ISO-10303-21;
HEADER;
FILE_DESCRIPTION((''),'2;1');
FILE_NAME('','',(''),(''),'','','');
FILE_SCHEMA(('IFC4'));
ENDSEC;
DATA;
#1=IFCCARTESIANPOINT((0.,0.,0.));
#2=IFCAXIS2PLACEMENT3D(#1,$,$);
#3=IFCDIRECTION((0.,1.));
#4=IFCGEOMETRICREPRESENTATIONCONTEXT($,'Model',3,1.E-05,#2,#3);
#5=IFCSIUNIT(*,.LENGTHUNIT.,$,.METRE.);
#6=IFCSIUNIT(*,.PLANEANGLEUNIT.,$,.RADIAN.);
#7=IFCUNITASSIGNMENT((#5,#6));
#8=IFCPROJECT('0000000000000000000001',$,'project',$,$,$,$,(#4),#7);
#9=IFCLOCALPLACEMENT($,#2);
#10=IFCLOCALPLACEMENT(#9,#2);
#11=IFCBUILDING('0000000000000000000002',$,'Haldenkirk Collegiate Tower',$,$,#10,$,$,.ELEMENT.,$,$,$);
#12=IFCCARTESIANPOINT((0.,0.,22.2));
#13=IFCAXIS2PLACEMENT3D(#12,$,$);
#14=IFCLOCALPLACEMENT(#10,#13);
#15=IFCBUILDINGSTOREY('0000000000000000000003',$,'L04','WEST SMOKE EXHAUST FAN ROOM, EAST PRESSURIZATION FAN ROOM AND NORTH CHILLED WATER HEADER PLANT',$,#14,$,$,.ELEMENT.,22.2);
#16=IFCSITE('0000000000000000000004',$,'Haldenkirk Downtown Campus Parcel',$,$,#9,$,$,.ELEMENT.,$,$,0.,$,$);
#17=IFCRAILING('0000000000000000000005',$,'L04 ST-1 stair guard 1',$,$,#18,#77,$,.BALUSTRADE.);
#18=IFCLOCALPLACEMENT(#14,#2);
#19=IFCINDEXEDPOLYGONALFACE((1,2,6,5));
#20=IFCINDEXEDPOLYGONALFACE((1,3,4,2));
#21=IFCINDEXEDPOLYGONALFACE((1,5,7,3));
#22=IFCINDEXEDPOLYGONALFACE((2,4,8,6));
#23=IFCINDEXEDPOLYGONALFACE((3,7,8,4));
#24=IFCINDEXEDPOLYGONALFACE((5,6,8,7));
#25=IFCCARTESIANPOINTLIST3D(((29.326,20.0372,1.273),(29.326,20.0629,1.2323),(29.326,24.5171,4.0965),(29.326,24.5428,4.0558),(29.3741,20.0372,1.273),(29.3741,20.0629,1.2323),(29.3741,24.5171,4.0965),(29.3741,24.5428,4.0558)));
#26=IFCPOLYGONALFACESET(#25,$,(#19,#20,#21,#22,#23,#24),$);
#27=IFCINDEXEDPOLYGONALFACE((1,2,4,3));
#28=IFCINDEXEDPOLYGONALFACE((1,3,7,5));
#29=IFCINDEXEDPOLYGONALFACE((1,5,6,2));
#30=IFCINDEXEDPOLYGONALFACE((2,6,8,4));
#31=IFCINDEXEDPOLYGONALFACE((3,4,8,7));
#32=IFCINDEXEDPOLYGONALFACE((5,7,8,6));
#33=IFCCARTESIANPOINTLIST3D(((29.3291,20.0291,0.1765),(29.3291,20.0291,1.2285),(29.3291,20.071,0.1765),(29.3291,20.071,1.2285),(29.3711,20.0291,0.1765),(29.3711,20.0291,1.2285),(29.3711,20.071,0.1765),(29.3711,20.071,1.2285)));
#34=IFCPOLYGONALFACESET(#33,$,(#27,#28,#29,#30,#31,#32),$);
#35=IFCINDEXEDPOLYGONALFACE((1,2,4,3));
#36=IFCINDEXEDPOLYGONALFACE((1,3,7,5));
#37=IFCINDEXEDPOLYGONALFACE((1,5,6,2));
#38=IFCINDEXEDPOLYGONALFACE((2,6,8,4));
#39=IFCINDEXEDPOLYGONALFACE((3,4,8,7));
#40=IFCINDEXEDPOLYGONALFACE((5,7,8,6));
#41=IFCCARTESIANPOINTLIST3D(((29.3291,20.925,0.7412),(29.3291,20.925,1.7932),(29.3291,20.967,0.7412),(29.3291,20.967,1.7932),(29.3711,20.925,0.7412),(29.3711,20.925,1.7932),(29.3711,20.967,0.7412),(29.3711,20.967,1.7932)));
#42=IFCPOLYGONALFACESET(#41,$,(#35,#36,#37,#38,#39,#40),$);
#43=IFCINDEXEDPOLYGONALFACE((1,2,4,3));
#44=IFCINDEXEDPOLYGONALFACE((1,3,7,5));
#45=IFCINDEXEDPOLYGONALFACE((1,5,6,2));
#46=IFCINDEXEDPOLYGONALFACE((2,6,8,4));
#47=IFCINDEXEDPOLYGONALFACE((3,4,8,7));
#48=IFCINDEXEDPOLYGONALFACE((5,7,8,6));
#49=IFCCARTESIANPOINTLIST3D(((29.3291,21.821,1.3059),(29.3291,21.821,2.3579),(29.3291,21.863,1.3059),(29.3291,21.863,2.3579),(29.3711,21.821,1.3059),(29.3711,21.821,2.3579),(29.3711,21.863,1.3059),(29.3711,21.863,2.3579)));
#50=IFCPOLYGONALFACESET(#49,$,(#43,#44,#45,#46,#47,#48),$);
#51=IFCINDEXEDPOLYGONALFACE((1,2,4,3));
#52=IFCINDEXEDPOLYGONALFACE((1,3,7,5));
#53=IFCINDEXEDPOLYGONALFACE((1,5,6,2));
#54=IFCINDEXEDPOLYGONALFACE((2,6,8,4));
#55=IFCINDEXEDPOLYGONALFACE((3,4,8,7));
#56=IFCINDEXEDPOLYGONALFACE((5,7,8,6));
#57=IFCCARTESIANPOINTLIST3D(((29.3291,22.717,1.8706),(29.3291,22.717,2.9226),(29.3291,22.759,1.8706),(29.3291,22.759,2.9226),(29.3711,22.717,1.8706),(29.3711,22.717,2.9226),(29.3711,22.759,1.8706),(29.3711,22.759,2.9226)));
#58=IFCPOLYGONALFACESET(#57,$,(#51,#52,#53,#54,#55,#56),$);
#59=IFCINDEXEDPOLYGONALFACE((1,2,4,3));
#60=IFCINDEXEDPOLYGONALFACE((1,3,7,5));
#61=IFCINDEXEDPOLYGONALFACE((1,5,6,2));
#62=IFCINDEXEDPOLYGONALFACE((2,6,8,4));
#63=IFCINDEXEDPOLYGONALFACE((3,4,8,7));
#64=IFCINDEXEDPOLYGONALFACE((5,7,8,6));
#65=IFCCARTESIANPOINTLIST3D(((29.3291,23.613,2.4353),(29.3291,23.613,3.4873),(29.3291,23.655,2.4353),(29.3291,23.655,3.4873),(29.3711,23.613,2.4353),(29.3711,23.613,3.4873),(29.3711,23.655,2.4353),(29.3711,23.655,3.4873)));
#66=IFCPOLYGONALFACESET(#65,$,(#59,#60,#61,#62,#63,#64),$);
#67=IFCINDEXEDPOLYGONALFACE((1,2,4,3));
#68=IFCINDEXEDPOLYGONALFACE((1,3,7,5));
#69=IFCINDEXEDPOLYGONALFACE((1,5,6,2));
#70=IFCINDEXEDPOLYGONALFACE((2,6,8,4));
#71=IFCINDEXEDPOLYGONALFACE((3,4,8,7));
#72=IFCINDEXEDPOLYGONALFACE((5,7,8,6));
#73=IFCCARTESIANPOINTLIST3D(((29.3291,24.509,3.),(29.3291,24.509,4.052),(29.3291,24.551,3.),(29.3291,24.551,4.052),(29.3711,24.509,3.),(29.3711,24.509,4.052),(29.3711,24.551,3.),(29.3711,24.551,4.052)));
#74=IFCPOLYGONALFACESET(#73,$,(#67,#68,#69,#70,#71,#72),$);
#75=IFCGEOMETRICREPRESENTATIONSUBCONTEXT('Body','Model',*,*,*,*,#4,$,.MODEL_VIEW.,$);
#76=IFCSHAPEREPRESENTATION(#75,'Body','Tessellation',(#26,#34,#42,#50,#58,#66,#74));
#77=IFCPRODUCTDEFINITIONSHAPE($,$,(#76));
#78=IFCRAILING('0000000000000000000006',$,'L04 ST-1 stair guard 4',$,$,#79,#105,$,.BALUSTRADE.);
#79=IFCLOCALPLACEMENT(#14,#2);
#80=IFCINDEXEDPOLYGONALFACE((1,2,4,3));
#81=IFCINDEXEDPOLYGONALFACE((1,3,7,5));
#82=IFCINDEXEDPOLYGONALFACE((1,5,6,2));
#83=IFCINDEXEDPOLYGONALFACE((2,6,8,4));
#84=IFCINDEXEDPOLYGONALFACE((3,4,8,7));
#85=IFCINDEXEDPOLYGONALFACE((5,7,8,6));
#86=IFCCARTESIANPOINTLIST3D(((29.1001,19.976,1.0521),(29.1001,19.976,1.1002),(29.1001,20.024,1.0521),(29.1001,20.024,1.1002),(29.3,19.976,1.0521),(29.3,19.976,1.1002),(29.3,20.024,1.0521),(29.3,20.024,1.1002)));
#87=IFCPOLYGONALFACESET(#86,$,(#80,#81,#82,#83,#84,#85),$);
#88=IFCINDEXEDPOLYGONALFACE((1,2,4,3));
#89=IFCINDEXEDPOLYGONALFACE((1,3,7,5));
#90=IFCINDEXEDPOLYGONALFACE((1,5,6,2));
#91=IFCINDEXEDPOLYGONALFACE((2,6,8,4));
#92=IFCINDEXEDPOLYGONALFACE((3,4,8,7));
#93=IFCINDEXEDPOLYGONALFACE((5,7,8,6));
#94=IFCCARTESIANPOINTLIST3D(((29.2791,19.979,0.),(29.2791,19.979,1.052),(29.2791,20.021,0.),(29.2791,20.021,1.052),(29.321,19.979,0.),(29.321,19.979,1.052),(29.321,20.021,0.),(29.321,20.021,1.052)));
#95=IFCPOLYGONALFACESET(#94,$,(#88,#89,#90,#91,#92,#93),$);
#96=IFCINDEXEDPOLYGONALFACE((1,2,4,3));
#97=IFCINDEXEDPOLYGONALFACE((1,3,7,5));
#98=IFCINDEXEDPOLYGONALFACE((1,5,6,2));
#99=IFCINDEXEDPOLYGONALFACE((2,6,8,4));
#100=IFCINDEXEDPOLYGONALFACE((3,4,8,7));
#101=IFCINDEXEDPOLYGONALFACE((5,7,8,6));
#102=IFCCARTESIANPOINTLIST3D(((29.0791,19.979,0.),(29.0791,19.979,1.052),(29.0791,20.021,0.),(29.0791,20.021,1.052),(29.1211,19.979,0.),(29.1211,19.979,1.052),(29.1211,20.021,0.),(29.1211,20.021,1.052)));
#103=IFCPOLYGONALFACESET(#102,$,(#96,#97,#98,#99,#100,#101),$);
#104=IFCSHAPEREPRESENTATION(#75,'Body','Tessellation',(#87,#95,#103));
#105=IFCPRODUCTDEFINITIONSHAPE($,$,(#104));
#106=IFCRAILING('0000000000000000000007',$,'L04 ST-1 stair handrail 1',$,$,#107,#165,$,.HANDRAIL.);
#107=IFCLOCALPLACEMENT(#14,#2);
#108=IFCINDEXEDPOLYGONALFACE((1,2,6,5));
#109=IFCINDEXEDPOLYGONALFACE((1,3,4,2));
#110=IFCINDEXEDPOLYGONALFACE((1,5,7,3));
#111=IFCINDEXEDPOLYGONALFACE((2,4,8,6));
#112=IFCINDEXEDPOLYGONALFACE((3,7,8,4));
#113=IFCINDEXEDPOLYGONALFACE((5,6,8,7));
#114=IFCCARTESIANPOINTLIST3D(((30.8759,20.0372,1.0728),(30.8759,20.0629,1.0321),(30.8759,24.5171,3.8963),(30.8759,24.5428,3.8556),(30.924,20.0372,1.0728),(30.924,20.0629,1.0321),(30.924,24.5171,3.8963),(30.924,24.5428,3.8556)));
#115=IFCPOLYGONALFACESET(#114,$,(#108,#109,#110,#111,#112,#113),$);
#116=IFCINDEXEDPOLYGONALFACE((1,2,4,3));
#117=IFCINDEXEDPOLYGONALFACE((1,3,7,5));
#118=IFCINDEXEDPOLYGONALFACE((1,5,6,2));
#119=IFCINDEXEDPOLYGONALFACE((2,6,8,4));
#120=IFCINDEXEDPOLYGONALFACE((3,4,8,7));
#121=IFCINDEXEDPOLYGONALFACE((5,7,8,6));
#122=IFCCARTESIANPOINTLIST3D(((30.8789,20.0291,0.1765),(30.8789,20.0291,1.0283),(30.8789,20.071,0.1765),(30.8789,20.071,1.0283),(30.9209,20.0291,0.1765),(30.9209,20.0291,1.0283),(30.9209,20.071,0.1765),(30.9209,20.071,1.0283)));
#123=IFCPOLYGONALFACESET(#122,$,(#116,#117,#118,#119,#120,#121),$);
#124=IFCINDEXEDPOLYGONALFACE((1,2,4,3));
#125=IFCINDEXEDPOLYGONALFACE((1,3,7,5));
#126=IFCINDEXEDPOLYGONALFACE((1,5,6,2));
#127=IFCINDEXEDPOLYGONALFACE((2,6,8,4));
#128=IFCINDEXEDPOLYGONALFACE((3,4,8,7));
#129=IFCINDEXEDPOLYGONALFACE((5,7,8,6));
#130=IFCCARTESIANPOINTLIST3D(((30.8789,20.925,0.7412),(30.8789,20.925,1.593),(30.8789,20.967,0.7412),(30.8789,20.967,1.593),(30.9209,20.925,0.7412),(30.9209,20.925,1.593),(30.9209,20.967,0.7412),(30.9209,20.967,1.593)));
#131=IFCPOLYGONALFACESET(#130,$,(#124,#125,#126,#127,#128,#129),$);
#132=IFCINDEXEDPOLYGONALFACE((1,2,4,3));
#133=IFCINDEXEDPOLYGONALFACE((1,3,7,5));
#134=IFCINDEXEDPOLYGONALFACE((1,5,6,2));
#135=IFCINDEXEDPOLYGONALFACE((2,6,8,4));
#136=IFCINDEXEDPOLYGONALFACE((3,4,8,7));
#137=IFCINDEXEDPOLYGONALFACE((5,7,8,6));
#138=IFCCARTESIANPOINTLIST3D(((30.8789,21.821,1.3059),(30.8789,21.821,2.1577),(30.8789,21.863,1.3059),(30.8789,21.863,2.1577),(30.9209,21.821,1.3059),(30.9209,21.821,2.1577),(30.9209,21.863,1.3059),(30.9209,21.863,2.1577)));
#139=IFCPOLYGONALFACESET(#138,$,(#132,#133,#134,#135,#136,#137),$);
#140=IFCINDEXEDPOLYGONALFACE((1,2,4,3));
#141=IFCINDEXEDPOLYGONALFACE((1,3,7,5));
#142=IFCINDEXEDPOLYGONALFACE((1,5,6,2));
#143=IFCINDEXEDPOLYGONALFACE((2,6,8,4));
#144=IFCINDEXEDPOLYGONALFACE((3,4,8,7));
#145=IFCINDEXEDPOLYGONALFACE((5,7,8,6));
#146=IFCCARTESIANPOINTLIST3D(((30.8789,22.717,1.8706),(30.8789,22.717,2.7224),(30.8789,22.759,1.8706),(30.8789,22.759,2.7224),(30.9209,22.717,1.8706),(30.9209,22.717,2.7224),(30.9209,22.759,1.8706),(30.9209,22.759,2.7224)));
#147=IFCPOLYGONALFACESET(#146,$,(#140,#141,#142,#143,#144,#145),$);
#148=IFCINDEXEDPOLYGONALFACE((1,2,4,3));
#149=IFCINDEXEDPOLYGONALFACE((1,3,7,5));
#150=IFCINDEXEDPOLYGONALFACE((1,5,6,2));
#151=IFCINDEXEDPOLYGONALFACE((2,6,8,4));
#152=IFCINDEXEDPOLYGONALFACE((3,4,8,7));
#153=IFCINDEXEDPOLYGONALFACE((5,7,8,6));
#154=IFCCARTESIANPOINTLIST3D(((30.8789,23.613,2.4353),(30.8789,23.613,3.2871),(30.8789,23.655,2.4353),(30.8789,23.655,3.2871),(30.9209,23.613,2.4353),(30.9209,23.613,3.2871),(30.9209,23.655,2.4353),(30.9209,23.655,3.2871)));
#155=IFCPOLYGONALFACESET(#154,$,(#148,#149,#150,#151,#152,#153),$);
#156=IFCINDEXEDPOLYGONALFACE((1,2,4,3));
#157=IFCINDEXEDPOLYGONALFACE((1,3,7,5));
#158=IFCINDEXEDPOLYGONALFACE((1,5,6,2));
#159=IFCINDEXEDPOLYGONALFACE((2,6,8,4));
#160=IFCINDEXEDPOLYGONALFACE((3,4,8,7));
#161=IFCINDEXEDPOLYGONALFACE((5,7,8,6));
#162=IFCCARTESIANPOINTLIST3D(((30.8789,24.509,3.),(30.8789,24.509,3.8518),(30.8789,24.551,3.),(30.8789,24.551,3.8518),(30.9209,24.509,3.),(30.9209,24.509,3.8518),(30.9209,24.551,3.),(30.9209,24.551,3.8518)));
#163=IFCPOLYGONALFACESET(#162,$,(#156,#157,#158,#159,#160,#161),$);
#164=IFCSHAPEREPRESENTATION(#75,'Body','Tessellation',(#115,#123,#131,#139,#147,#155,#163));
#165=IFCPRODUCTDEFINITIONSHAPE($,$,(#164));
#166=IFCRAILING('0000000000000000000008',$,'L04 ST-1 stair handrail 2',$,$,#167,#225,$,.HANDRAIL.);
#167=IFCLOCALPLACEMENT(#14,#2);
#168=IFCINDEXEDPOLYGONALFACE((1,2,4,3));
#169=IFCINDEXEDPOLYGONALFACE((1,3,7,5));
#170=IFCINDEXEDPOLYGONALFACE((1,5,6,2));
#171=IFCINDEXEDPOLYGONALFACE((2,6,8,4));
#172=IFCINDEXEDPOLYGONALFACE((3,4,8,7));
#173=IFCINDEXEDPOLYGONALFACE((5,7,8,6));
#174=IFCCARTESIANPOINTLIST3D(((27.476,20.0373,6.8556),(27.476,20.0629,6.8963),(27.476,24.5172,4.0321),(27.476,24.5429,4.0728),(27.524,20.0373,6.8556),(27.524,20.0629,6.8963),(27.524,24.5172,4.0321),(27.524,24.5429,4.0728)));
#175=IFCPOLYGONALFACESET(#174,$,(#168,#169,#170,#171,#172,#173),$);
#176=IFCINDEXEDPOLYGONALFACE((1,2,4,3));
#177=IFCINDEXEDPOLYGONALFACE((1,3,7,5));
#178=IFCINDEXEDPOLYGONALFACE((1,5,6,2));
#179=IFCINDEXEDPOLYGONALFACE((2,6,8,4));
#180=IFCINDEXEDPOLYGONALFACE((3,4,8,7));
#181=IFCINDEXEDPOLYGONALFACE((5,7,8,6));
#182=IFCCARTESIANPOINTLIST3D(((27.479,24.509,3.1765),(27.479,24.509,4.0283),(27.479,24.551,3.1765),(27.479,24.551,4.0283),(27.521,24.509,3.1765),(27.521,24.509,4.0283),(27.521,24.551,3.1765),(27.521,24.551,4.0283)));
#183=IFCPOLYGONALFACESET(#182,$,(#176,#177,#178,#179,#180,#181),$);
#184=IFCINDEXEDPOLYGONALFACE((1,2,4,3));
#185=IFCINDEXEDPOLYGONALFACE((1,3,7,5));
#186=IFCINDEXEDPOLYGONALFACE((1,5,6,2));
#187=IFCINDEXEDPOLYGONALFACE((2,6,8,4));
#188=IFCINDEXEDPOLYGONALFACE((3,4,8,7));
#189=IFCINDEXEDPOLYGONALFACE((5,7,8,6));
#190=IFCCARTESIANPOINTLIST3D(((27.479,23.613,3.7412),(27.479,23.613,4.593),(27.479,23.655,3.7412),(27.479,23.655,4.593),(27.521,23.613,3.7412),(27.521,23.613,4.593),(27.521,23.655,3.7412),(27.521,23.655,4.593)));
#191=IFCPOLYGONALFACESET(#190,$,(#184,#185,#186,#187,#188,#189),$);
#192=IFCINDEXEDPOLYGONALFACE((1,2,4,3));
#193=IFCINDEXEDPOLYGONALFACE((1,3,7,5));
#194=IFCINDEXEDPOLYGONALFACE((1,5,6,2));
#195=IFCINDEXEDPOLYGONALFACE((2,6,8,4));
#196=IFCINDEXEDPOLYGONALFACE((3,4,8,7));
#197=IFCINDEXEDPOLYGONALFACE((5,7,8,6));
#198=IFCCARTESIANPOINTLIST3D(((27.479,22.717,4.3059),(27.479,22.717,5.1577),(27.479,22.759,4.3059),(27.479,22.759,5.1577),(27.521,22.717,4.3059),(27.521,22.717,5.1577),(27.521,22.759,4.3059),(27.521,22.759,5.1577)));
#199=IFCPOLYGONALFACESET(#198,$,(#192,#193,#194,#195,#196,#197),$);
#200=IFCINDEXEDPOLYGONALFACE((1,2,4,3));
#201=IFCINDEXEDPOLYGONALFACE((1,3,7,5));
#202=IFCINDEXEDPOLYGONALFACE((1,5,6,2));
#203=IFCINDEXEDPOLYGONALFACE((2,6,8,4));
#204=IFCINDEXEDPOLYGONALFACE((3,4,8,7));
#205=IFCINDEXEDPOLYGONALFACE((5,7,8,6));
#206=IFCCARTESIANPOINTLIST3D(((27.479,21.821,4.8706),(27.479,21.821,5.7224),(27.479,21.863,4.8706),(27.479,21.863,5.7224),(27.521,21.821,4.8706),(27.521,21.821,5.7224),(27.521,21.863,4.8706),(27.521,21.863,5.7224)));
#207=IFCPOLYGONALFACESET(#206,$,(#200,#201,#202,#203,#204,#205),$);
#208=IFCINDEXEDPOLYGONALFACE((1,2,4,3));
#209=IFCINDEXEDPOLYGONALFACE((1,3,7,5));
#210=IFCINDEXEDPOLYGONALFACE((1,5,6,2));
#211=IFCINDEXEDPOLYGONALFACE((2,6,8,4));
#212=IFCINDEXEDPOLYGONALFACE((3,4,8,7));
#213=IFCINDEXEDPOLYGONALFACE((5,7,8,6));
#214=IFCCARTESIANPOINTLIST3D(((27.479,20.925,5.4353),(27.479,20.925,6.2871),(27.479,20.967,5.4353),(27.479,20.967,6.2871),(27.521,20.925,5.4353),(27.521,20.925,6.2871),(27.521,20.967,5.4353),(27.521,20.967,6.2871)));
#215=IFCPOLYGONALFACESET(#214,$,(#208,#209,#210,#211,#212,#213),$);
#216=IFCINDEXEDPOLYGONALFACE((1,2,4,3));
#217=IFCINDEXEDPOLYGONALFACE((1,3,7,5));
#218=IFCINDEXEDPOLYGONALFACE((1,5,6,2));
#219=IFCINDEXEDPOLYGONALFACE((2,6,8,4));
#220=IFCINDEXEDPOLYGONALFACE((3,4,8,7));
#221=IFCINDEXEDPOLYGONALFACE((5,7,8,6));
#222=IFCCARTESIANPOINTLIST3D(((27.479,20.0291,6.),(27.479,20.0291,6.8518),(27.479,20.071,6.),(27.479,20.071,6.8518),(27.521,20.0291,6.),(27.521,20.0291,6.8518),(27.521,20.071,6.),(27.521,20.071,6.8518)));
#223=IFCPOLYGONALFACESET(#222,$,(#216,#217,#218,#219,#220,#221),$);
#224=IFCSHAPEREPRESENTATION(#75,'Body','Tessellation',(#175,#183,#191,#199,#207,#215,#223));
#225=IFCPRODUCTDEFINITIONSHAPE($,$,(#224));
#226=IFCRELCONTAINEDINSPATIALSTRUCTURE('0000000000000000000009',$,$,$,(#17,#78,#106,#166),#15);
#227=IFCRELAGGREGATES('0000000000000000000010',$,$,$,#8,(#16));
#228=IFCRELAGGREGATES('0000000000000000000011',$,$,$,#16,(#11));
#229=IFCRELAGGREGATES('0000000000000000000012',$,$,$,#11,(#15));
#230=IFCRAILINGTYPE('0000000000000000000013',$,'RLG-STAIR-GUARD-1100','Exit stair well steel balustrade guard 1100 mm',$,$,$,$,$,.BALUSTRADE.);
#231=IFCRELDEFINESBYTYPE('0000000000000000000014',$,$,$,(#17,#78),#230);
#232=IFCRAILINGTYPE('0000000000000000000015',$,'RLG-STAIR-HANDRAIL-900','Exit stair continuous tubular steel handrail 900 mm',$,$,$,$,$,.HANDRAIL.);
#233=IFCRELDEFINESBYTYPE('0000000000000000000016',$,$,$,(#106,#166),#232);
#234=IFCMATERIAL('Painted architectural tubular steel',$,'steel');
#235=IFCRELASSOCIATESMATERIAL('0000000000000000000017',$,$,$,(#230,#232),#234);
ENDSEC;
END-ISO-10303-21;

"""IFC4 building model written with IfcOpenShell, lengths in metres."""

from ifc_helpers import new_model, si_unit, direction, frame, origin, origin_2d, place, context, subcontext, project, spatial, rectangle, extrude, material, type_object, element, save


model = new_model("IFC4")

# Units and contexts
model_context = context("Model", 3, precision=1e-05, world=origin(), true_north=direction((0.0, 1.0)))
body_context = subcontext(model_context, "Body", "Model", "MODEL_VIEW")
ifc_project = project(units=[si_unit("LENGTHUNIT", "METRE"), si_unit("PLANEANGLEUNIT", "RADIAN")], contexts=[model_context])

# Site, building, storey
site_placement = place(None, origin())
site = spatial("IfcSite", under=ifc_project, at=site_placement, Name="Haldenkirk Downtown Campus Parcel", CompositionType="ELEMENT", RefElevation=0.0)
building_placement = place(site_placement, origin())
building = spatial("IfcBuilding", under=site, at=building_placement, Name="Haldenkirk Collegiate Tower", CompositionType="ELEMENT")
storey_placement = place(building_placement, frame((0.0, 0.0, 22.2)))
storey = spatial("IfcBuildingStorey", under=building, at=storey_placement, Name="L04", Description="WEST SMOKE EXHAUST FAN ROOM, EAST PRESSURIZATION FAN ROOM AND NORTH CHILLED WATER HEADER PLANT", CompositionType="ELEMENT", Elevation=22.2)

# Railings
ifc_material_1 = material(Name="Painted architectural tubular steel", Category="steel")
railing_type_1 = type_object("IfcRailingType", Name="RLG-STAIR-GUARD-1100", Description="Exit stair well steel balustrade guard 1100 mm", PredefinedType="BALUSTRADE", material=ifc_material_1)
railing_1_placement = place(storey_placement, frame((29.3501, 20.05, 0.1765)))
element("IfcRailing", 1, at=railing_1_placement, inside=storey, type_object=railing_type_1, Name="L04 ST-1 stair guard 1", PredefinedType="BALUSTRADE", context=body_context, shape_type="SweptSolid", body=[
    extrude(rectangle(XDim=0.0481, YDim=0.0481, at=origin_2d()), frame((0.0, 0.0, 1.0762), z_axis=(0.0, 0.845998, 0.533186), x_axis=(-1.0, 0.0, 0.0)), (0.0, 0.0, 1.0), 5.2954),
    extrude(rectangle(XDim=0.042, YDim=0.042, at=origin_2d()), origin(), (0.0, 0.0, 1.0), 1.052),
    extrude(rectangle(XDim=0.042, YDim=0.042, at=origin_2d()), frame((0.0, 0.896, 0.5647)), (0.0, 0.0, 1.0), 1.052),
    extrude(rectangle(XDim=0.042, YDim=0.042, at=origin_2d()), frame((0.0, 1.792, 1.1294)), (0.0, 0.0, 1.0), 1.052),
    extrude(rectangle(XDim=0.042, YDim=0.042, at=origin_2d()), frame((0.0, 2.688, 1.6941)), (0.0, 0.0, 1.0), 1.052),
    extrude(rectangle(XDim=0.042, YDim=0.042, at=origin_2d()), frame((0.0, 3.584, 2.2588)), (0.0, 0.0, 1.0), 1.052),
    extrude(rectangle(XDim=0.042, YDim=0.042, at=origin_2d()), frame((0.0, 4.48, 2.8235)), (0.0, 0.0, 1.0), 1.052),
])
railing_2_placement = place(storey_placement, frame((29.3, 20.0, 0.0)))
element("IfcRailing", 2, at=railing_2_placement, inside=storey, type_object=railing_type_1, Name="L04 ST-1 stair guard 4", PredefinedType="BALUSTRADE", context=body_context, shape_type="SweptSolid", body=[
    extrude(rectangle(XDim=0.0481, YDim=0.0481, at=origin_2d()), frame((0.0, 0.0, 1.0762), z_axis=(-1.0, 0.0, 0.0), x_axis=(0.0, -1.0, 0.0)), (0.0, 0.0, 1.0), 0.2),
    extrude(rectangle(XDim=0.042, YDim=0.042, at=origin_2d()), origin(), (0.0, 0.0, 1.0), 1.052),
    extrude(rectangle(XDim=0.042, YDim=0.042, at=origin_2d()), frame((-0.2, 0.0, 0.0)), (0.0, 0.0, 1.0), 1.052),
])
railing_type_2 = type_object("IfcRailingType", Name="RLG-STAIR-HANDRAIL-900", Description="Exit stair continuous tubular steel handrail 900 mm", PredefinedType="HANDRAIL", material=ifc_material_1)
railing_3_placement = place(storey_placement, frame((30.8999, 20.05, 0.1765)))
element("IfcRailing", 3, at=railing_3_placement, inside=storey, type_object=railing_type_2, Name="L04 ST-1 stair handrail 1", PredefinedType="HANDRAIL", context=body_context, shape_type="SweptSolid", body=[
    extrude(rectangle(XDim=0.0481, YDim=0.0481, at=origin_2d()), frame((0.0, 0.0, 0.876), z_axis=(0.0, 0.845998, 0.533186), x_axis=(-1.0, 0.0, 0.0)), (0.0, 0.0, 1.0), 5.2954),
    extrude(rectangle(XDim=0.042, YDim=0.042, at=origin_2d()), origin(), (0.0, 0.0, 1.0), 0.8518),
    extrude(rectangle(XDim=0.042, YDim=0.042, at=origin_2d()), frame((0.0, 0.896, 0.5647)), (0.0, 0.0, 1.0), 0.8518),
    extrude(rectangle(XDim=0.042, YDim=0.042, at=origin_2d()), frame((0.0, 1.792, 1.1294)), (0.0, 0.0, 1.0), 0.8518),
    extrude(rectangle(XDim=0.042, YDim=0.042, at=origin_2d()), frame((0.0, 2.688, 1.6941)), (0.0, 0.0, 1.0), 0.8518),
    extrude(rectangle(XDim=0.042, YDim=0.042, at=origin_2d()), frame((0.0, 3.584, 2.2588)), (0.0, 0.0, 1.0), 0.8518),
    extrude(rectangle(XDim=0.042, YDim=0.042, at=origin_2d()), frame((0.0, 4.48, 2.8235)), (0.0, 0.0, 1.0), 0.8518),
])
railing_4_placement = place(storey_placement, frame((27.5, 24.53, 3.1765)))
element("IfcRailing", 4, at=railing_4_placement, inside=storey, type_object=railing_type_2, Name="L04 ST-1 stair handrail 2", PredefinedType="HANDRAIL", context=body_context, shape_type="SweptSolid", body=[
    extrude(rectangle(XDim=0.0481, YDim=0.0481, at=origin_2d()), frame((0.0, 0.0, 0.876), z_axis=(0.0, -0.845998, 0.533186), x_axis=(1.0, 0.0, 0.0)), (0.0, 0.0, 1.0), 5.2954),
    extrude(rectangle(XDim=0.042, YDim=0.042, at=origin_2d()), origin(), (0.0, 0.0, 1.0), 0.8518),
    extrude(rectangle(XDim=0.042, YDim=0.042, at=origin_2d()), frame((0.0, -0.896, 0.5647)), (0.0, 0.0, 1.0), 0.8518),
    extrude(rectangle(XDim=0.042, YDim=0.042, at=origin_2d()), frame((0.0, -1.792, 1.1294)), (0.0, 0.0, 1.0), 0.8518),
    extrude(rectangle(XDim=0.042, YDim=0.042, at=origin_2d()), frame((0.0, -2.688, 1.6941)), (0.0, 0.0, 1.0), 0.8518),
    extrude(rectangle(XDim=0.042, YDim=0.042, at=origin_2d()), frame((0.0, -3.584, 2.2588)), (0.0, 0.0, 1.0), 0.8518),
    extrude(rectangle(XDim=0.042, YDim=0.042, at=origin_2d()), frame((0.0, -4.48, 2.8235)), (0.0, 0.0, 1.0), 0.8518),
])

save(model, "model.ifc")
